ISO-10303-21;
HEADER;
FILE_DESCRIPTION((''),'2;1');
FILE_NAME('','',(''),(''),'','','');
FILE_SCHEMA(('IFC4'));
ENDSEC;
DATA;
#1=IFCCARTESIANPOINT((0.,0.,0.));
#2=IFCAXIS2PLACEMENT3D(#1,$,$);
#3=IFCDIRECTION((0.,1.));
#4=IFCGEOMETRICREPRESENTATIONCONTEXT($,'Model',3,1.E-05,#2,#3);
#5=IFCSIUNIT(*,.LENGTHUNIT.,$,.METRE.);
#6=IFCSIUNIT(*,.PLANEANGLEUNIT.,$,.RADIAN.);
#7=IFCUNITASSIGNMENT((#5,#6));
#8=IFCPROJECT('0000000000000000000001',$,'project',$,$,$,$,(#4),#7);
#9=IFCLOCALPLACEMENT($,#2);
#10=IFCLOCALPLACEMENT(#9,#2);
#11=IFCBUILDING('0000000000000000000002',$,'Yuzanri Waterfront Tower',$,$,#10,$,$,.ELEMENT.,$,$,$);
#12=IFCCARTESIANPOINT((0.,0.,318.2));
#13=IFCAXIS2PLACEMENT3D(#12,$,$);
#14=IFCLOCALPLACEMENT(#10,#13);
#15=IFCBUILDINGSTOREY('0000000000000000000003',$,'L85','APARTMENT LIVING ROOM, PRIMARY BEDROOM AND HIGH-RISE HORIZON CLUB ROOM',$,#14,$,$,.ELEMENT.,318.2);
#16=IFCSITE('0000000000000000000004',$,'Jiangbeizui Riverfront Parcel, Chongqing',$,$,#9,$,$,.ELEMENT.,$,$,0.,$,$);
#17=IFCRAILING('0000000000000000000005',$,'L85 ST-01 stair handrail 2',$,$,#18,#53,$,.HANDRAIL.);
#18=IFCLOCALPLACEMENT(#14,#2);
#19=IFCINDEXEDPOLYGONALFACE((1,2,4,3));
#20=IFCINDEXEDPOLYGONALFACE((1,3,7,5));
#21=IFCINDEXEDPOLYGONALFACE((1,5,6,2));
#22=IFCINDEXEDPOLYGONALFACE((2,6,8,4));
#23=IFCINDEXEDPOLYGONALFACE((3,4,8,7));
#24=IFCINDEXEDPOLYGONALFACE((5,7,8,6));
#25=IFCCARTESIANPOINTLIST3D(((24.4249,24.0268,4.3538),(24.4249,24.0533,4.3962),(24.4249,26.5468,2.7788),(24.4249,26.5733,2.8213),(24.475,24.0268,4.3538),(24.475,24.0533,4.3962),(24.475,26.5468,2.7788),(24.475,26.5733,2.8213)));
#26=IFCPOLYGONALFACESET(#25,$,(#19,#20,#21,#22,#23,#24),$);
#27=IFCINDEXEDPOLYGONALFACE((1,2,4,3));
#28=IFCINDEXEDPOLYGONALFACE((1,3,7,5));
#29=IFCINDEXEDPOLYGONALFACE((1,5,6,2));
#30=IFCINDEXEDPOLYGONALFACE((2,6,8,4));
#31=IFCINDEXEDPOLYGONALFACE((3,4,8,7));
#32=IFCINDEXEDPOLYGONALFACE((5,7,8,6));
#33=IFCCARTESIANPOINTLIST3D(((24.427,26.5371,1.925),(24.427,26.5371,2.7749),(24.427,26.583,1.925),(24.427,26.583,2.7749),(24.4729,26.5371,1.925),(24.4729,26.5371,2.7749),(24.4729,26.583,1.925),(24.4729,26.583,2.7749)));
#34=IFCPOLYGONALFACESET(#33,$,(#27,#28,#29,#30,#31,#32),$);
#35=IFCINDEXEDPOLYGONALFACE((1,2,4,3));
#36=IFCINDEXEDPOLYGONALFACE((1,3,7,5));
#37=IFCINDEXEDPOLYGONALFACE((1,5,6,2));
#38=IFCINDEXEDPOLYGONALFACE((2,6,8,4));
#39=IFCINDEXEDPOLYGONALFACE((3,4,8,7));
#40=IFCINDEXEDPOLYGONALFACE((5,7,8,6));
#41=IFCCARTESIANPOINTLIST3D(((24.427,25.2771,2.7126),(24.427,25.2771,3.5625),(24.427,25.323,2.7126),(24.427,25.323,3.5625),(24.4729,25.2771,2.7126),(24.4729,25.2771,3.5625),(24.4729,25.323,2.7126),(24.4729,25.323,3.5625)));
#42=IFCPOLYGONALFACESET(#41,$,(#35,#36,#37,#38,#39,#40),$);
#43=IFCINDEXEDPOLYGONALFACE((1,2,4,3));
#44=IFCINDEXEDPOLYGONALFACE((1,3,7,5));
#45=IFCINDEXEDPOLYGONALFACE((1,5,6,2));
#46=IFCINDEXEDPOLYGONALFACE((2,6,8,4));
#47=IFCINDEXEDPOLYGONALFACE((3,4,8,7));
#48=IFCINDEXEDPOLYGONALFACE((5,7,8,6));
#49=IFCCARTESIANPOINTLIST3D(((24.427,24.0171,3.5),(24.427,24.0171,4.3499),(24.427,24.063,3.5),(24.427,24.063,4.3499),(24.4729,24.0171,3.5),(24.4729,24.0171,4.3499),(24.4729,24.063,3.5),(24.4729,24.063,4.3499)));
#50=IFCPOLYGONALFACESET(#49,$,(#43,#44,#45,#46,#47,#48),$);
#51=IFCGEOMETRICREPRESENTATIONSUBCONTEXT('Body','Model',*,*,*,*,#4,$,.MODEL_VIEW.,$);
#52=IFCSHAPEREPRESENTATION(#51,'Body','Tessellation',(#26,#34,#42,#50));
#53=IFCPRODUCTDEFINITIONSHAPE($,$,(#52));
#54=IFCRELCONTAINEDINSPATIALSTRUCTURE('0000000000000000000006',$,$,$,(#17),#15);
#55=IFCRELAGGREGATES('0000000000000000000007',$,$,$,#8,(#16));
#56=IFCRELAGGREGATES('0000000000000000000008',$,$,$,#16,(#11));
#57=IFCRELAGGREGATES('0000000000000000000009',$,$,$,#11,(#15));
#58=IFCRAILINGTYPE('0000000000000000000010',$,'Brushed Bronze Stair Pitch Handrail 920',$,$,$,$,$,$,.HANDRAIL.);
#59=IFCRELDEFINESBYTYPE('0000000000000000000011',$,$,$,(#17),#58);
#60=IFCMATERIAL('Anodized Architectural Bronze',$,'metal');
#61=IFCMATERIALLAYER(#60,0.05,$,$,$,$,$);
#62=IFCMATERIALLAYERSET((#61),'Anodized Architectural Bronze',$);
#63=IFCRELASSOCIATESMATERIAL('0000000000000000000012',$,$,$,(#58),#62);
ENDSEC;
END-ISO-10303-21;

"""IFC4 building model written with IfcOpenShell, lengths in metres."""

from ifc_helpers import new_model, si_unit, direction, frame, origin, origin_2d, place, context, subcontext, project, spatial, rectangle, extrude, source, transform, mapped, material, layer, layer_set, type_object, element, save


model = new_model("IFC4")

# Units and contexts
model_context = context("Model", 3, precision=1e-05, world=origin(), true_north=direction((0.0, 1.0)))
body_context = subcontext(model_context, "Body", "Model", "MODEL_VIEW")
ifc_project = project(units=[si_unit("LENGTHUNIT", "METRE"), si_unit("PLANEANGLEUNIT", "RADIAN")], contexts=[model_context])

# Site, building, storey
site_placement = place(None, origin())
site = spatial("IfcSite", under=ifc_project, at=site_placement, Name="Jiangbeizui Riverfront Parcel, Chongqing", CompositionType="ELEMENT", RefElevation=0.0)
building_placement = place(site_placement, origin())
building = spatial("IfcBuilding", under=site, at=building_placement, Name="Yuzanri Waterfront Tower", CompositionType="ELEMENT")
storey_placement = place(building_placement, frame((0.0, 0.0, 318.2)))
storey = spatial("IfcBuildingStorey", under=building, at=storey_placement, Name="L85", Description="APARTMENT LIVING ROOM, PRIMARY BEDROOM AND HIGH-RISE HORIZON CLUB ROOM", CompositionType="ELEMENT", Elevation=318.2)

# Railing
ifc_material_1 = material(Name="Anodized Architectural Bronze", Category="metal")
ifc_layer_1 = layer(ifc_material_1, 0.05)
ifc_layer_set_1 = layer_set([ifc_layer_1], Name="Anodized Architectural Bronze")
railing_type_1 = type_object("IfcRailingType", Name="Brushed Bronze Stair Pitch Handrail 920", PredefinedType="HANDRAIL", material=ifc_layer_set_1)
shared_shape_1 = source(origin(), body_context, "Body", "SweptSolid", [
    extrude(rectangle(XDim=0.05, YDim=0.05, at=origin_2d()), frame((0.0, 0.0, 0.875), z_axis=(0.0, -0.848008, 0.529984), x_axis=(1.0, 0.0, 0.0)), (0.0, 0.0, 1.0), 2.9717),
    extrude(rectangle(XDim=0.0459, YDim=0.0459, at=origin_2d()), origin(), (0.0, 0.0, 1.0), 0.8499),
    extrude(rectangle(XDim=0.0459, YDim=0.0459, at=origin_2d()), frame((0.0, -1.26, 0.7876)), (0.0, 0.0, 1.0), 0.8499),
    extrude(rectangle(XDim=0.0459, YDim=0.0459, at=origin_2d()), frame((0.0, -2.52, 1.575)), (0.0, 0.0, 1.0), 0.8499),
])
railing_1_placement = place(storey_placement, frame((24.45, 26.5601, 1.925)))
element("IfcRailing", 1, at=railing_1_placement, inside=storey, type_object=railing_type_1, Name="L85 ST-01 stair handrail 2", PredefinedType="HANDRAIL", context=body_context, shape_type="MappedRepresentation", body=[
    mapped(shared_shape_1, transform((0.0, 0.0, 0.0), scale=1.0)),
])

save(model, "model.ifc")
